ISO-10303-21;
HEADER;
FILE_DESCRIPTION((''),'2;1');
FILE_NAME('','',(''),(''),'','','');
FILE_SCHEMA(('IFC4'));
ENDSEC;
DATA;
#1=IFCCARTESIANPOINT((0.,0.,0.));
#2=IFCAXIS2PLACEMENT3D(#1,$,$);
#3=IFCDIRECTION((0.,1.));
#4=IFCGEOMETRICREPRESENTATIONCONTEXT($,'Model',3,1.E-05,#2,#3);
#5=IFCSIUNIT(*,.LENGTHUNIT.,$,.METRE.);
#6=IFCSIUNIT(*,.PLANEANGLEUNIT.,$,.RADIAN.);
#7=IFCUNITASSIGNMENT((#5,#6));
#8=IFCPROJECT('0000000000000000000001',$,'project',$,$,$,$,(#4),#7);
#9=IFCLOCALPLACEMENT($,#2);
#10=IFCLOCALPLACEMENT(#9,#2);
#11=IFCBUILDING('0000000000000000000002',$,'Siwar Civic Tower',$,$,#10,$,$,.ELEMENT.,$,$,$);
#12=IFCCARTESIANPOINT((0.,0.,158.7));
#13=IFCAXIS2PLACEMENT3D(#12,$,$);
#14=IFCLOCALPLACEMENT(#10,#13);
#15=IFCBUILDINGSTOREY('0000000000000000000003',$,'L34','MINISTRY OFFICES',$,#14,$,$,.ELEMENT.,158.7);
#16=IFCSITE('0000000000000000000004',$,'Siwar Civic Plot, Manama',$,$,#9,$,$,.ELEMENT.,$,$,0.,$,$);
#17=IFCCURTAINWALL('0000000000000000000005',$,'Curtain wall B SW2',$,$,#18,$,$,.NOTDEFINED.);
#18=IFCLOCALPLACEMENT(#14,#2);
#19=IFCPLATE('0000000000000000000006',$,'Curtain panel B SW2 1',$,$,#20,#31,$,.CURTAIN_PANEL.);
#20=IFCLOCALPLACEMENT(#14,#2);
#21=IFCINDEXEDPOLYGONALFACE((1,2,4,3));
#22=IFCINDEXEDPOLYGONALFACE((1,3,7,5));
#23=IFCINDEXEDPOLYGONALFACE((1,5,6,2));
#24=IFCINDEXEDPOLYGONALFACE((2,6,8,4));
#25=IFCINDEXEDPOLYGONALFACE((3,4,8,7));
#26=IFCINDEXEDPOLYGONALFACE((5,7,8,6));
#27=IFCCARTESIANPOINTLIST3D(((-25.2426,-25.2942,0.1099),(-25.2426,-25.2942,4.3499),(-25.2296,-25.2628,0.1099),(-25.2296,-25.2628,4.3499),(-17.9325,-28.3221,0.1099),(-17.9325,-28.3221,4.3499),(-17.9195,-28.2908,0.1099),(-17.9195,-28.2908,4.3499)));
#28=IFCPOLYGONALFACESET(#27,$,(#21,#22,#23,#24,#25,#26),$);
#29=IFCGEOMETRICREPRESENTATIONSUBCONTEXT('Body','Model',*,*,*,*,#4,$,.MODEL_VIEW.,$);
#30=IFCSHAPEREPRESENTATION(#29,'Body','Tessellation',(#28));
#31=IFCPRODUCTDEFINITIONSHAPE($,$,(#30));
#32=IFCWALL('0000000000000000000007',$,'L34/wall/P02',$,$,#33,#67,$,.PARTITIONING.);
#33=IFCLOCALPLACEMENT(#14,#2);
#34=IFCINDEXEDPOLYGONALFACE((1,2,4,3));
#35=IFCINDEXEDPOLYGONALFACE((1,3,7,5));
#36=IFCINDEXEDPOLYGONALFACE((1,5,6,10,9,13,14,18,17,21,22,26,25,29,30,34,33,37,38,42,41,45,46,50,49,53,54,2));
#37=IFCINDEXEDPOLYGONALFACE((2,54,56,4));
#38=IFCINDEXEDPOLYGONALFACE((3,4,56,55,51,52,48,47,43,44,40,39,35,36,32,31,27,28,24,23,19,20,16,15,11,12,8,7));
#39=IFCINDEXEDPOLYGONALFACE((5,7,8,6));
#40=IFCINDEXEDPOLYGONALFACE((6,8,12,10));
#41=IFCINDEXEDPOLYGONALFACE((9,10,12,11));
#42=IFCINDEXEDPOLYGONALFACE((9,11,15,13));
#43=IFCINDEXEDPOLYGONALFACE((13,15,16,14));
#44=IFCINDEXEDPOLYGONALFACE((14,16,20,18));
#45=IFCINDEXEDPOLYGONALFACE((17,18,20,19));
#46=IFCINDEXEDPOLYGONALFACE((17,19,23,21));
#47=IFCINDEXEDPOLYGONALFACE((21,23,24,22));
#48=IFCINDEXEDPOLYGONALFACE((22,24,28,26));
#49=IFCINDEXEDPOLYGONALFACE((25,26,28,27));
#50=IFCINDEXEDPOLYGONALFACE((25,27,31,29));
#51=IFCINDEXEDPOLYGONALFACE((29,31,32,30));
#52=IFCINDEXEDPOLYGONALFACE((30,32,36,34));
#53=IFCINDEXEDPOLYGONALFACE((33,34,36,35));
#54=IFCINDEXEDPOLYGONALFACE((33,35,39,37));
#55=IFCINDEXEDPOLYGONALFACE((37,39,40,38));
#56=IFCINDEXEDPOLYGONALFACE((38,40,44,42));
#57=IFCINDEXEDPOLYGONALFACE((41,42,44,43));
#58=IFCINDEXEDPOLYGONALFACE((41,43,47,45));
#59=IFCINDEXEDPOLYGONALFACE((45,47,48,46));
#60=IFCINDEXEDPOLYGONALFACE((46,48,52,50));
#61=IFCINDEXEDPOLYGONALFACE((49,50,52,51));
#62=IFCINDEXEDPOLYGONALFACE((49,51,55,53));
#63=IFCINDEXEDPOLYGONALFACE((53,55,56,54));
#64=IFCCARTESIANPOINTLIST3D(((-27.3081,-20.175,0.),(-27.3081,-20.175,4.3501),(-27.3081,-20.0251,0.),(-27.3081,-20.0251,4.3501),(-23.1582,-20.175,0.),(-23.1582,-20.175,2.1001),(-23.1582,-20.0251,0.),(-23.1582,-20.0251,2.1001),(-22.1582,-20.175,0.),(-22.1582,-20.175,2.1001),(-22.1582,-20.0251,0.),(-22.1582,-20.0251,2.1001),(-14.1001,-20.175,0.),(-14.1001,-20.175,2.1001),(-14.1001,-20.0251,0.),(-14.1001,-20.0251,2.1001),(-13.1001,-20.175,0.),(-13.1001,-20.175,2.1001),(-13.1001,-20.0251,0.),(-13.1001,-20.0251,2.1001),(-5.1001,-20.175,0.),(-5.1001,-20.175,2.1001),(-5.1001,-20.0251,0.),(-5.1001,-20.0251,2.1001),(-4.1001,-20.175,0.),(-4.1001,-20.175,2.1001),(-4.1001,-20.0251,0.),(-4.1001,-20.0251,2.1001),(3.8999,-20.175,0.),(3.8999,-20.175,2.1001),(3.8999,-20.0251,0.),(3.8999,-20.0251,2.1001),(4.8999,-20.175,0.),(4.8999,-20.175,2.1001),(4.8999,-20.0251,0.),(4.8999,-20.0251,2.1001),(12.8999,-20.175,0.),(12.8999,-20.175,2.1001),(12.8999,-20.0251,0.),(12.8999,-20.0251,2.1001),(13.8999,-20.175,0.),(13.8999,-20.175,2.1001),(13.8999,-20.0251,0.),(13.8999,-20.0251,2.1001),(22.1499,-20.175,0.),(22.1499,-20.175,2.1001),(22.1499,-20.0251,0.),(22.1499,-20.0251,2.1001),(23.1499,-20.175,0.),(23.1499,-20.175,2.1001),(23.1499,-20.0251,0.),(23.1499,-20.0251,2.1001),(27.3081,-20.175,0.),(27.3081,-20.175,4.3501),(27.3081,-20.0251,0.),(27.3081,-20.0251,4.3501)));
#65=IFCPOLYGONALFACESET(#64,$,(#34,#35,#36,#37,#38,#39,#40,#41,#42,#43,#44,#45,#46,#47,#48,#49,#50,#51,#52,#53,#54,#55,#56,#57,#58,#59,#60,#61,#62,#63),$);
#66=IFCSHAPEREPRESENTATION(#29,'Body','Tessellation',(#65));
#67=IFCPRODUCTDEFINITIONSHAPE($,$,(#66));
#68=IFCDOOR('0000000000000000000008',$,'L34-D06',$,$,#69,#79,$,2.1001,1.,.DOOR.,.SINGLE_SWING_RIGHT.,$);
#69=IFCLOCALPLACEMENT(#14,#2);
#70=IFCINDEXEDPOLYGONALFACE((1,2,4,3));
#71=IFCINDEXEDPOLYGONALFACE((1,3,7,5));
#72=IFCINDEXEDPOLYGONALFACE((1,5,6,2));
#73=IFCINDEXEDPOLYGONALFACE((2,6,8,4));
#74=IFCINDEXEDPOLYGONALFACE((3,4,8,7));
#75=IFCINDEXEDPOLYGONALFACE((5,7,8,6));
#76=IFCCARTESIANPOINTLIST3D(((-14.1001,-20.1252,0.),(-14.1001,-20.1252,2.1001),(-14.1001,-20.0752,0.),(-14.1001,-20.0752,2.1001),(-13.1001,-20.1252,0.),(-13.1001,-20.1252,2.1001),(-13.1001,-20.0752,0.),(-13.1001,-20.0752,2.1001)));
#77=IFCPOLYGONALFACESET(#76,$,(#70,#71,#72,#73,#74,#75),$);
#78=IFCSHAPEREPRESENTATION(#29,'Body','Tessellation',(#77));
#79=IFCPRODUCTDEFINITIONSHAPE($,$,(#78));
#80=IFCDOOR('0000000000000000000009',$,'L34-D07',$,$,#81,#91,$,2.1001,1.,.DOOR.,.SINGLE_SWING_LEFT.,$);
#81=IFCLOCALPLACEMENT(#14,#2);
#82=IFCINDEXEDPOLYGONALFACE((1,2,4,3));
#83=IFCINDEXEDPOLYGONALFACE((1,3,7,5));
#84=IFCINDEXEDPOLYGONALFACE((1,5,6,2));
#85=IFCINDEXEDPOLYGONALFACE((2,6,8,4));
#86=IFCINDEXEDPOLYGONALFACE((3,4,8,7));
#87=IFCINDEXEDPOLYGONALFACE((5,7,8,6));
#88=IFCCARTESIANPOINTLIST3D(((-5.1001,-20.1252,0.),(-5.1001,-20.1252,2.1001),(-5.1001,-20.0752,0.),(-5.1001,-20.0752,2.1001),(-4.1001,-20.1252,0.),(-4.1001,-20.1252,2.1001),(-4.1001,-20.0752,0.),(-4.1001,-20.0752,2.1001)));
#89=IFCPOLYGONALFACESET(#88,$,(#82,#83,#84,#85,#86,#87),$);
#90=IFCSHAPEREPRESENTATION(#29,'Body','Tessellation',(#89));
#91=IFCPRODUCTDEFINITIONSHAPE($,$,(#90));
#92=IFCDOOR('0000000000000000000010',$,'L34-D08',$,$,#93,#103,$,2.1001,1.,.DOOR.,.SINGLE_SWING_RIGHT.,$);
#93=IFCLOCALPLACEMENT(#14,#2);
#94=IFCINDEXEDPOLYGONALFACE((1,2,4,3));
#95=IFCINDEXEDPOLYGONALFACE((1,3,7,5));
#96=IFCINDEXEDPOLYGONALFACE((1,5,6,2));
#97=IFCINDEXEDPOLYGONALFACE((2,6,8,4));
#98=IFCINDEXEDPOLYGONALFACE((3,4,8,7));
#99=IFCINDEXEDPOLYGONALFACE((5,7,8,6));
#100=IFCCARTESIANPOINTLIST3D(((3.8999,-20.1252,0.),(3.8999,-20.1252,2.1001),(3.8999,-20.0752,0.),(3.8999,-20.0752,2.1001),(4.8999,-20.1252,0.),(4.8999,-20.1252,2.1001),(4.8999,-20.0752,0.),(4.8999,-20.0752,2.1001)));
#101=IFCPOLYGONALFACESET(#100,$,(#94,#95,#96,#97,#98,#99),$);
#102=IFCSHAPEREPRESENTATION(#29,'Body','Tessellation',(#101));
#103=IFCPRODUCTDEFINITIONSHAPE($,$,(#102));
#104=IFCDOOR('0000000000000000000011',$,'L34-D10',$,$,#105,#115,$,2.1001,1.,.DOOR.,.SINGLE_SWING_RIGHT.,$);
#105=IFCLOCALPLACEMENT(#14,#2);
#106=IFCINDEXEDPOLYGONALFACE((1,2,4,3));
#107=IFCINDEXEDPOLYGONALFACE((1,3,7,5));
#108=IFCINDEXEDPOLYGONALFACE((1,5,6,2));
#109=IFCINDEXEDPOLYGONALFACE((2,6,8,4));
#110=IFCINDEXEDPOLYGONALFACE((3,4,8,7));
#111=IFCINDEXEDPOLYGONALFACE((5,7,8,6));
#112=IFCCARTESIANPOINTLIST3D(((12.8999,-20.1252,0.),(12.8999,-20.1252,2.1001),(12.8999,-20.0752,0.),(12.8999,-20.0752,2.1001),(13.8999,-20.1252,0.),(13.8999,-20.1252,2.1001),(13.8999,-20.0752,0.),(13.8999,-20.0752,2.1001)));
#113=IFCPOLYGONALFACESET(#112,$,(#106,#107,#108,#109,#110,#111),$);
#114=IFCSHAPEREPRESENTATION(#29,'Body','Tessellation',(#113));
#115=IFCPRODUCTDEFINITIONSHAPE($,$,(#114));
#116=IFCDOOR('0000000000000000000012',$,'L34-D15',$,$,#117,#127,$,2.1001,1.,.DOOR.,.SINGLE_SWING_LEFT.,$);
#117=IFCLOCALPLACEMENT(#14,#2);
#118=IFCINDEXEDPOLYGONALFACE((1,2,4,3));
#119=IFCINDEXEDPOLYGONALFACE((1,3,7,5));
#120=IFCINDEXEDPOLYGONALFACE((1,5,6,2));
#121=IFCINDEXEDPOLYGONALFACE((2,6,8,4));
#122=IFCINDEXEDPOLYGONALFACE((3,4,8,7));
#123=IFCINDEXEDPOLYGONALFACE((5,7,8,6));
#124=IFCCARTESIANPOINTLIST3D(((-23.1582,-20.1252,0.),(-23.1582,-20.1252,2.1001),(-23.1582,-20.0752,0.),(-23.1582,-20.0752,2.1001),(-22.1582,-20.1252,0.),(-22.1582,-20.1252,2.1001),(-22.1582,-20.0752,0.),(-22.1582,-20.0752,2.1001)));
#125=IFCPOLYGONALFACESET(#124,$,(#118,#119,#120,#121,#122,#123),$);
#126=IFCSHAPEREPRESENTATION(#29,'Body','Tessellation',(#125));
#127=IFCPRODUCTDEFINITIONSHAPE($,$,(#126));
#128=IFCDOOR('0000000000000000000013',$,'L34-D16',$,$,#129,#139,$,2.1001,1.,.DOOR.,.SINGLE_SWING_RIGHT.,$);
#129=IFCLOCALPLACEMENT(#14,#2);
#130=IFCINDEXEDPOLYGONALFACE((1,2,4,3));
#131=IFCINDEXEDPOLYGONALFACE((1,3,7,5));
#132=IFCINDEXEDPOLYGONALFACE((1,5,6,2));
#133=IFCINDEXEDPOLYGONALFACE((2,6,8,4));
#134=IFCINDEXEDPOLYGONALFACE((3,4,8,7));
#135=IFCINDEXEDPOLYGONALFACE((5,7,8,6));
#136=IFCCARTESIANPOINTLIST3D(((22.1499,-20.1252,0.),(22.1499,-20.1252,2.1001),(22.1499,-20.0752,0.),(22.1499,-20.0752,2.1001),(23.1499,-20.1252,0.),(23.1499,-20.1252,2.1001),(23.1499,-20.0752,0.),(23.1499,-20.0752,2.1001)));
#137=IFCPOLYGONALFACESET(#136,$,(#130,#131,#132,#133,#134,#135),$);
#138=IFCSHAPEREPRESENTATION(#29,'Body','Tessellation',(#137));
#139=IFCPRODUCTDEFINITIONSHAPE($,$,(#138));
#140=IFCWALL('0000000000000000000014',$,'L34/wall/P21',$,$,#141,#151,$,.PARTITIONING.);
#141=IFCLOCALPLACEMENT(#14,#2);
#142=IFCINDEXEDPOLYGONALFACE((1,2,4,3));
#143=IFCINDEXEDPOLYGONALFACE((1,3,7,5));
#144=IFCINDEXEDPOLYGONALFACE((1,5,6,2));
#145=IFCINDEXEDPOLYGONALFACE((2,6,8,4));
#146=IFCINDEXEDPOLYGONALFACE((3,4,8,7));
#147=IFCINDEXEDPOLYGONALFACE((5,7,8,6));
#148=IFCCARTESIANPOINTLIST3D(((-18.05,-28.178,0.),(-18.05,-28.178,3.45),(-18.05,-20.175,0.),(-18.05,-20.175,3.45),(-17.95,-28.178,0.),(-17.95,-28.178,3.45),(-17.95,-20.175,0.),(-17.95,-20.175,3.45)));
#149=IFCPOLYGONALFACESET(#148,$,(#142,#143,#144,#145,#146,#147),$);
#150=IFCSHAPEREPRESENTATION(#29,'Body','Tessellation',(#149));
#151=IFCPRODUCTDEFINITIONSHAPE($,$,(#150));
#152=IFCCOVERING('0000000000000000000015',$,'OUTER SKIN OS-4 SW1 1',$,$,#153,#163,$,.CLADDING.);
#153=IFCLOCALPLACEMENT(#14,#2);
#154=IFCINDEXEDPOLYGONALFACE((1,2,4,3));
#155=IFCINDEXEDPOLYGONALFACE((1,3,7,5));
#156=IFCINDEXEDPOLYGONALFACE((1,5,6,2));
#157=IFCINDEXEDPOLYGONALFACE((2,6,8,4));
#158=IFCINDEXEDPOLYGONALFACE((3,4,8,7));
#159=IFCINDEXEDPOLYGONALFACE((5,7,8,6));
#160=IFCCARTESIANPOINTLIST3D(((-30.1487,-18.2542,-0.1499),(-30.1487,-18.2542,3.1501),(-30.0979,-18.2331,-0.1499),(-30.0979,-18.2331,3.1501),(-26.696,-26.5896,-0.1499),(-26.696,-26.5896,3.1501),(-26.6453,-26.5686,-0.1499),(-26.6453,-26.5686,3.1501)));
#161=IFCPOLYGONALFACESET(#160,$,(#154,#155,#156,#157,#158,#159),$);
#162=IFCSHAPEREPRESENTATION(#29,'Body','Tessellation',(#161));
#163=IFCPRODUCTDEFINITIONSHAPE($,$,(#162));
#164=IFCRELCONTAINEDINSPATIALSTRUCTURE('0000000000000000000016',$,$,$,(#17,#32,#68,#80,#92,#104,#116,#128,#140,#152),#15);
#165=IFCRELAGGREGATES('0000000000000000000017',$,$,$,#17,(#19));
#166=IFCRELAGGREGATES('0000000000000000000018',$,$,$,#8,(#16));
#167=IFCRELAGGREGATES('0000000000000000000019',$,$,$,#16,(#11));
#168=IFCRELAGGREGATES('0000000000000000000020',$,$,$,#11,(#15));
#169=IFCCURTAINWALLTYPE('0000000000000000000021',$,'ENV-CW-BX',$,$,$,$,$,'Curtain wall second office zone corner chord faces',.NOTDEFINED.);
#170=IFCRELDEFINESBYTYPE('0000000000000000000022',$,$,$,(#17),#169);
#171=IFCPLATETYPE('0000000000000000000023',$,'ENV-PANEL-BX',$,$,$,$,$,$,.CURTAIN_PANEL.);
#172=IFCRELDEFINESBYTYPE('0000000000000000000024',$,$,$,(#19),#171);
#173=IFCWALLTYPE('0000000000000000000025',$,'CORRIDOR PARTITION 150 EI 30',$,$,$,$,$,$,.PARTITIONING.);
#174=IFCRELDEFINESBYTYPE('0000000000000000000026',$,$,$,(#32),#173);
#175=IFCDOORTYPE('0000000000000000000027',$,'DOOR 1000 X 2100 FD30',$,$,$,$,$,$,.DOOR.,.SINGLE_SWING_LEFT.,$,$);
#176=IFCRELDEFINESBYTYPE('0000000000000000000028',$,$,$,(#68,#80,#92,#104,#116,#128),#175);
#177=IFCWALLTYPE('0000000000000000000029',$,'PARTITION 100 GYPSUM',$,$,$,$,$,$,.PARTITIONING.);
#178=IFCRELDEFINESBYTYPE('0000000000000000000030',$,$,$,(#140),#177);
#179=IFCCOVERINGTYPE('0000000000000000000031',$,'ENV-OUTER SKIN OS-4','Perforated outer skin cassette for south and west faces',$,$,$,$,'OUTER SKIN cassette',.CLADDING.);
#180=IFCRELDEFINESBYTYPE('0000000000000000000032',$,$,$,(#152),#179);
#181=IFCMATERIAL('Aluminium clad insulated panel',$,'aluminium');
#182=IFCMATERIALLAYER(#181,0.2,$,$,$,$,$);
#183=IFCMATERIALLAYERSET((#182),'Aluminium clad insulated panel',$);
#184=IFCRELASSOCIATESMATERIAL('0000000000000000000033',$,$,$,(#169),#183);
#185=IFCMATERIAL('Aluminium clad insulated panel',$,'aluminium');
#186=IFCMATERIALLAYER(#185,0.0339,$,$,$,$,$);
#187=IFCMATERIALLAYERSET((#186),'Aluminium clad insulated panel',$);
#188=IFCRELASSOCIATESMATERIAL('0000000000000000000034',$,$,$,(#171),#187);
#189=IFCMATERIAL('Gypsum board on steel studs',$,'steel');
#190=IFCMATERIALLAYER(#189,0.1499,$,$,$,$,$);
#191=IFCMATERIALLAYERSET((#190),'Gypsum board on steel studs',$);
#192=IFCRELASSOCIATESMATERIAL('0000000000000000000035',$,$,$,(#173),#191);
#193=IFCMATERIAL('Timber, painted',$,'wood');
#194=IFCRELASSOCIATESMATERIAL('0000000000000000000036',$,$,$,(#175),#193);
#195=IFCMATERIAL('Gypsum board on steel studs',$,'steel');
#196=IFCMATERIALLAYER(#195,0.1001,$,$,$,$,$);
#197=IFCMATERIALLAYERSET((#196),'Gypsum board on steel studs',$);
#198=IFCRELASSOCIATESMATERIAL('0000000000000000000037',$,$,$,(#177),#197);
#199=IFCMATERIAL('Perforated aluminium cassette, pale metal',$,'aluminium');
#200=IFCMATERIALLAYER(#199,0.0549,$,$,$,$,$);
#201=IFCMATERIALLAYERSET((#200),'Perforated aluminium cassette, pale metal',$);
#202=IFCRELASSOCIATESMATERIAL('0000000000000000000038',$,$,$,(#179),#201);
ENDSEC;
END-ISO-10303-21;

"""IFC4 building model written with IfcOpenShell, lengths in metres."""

from ifc_helpers import new_model, si_unit, direction, frame, frame_2d, origin, origin_2d, place, context, subcontext, project, spatial, rectangle, extrude, material, layer, layer_set, type_object, element, fill, aggregate, save


model = new_model("IFC4")

# Units and contexts
model_context = context("Model", 3, precision=1e-05, world=origin(), true_north=direction((0.0, 1.0)))
body_context = subcontext(model_context, "Body", "Model", "MODEL_VIEW")
ifc_project = project(units=[si_unit("LENGTHUNIT", "METRE"), si_unit("PLANEANGLEUNIT", "RADIAN")], contexts=[model_context])

# Site, building, storey
site_placement = place(None, origin())
site = spatial("IfcSite", under=ifc_project, at=site_placement, Name="Siwar Civic Plot, Manama", CompositionType="ELEMENT", RefElevation=0.0)
building_placement = place(site_placement, origin())
building = spatial("IfcBuilding", under=site, at=building_placement, Name="Siwar Civic Tower", CompositionType="ELEMENT")
storey_placement = place(building_placement, frame((0.0, 0.0, 158.7)))
storey = spatial("IfcBuildingStorey", under=building, at=storey_placement, Name="L34", Description="MINISTRY OFFICES", CompositionType="ELEMENT", Elevation=158.7)

# Curtain wall
ifc_material_1 = material(Name="Aluminium clad insulated panel", Category="aluminium")
ifc_layer_1 = layer(ifc_material_1, 0.2)
ifc_layer_set_1 = layer_set([ifc_layer_1], Name="Aluminium clad insulated panel")
curtain_wall_type = type_object("IfcCurtainWallType", Name="ENV-CW-BX", ElementType="Curtain wall second office zone corner chord faces", PredefinedType="NOTDEFINED", material=ifc_layer_set_1)
curtain_wall_1_placement = place(storey_placement, origin())
curtain_wall_1 = element("IfcCurtainWall", 1, at=curtain_wall_1_placement, inside=storey, type_object=curtain_wall_type, Name="Curtain wall B SW2", PredefinedType="NOTDEFINED")

# Shared definitions
ifc_material_2 = material(Name="Aluminium clad insulated panel", Category="aluminium")
ifc_layer_2 = layer(ifc_material_2, 0.0339)
ifc_layer_set_2 = layer_set([ifc_layer_2], Name="Aluminium clad insulated panel")
plate_type = type_object("IfcPlateType", Name="ENV-PANEL-BX", PredefinedType="CURTAIN_PANEL", material=ifc_layer_set_2)

# Plate
plate_1_placement = place(storey_placement, frame((-21.5811, -26.7925, 0.1099), z_axis=(0.0, 0.0, 1.0), x_axis=(0.92388, -0.382683, 0.0)))
plate_1 = element("IfcPlate", 2, at=plate_1_placement, type_object=plate_type, Name="Curtain panel B SW2 1", PredefinedType="CURTAIN_PANEL", context=body_context, shape_type="SweptSolid", body=[
    extrude(rectangle(XDim=7.9124, YDim=0.0339, at=origin_2d()), origin(), (0.0, 0.0, 1.0), 4.24),
])
aggregate(curtain_wall_1, [plate_1])

# Wall, openings, doors
ifc_material_3 = material(Name="Gypsum board on steel studs", Category="steel")
ifc_layer_3 = layer(ifc_material_3, 0.1499)
ifc_layer_set_3 = layer_set([ifc_layer_3], Name="Gypsum board on steel studs")
wall_type_1 = type_object("IfcWallType", Name="CORRIDOR PARTITION 150 EI 30", PredefinedType="PARTITIONING", material=ifc_layer_set_3)
wall_1_placement = place(storey_placement, frame((-27.3081, -20.1001, 0.0), z_axis=(0.0, 0.0, 1.0), x_axis=(1.0, 0.0, 0.0)))
wall_1 = element("IfcWall", 3, at=wall_1_placement, inside=storey, type_object=wall_type_1, Name="L34/wall/P02", PredefinedType="PARTITIONING", context=body_context, shape_type="SweptSolid", body=[
    extrude(rectangle(XDim=54.6162, YDim=0.1499, at=frame_2d((27.3081, 0.0))), origin(), (0.0, 0.0, 1.0), 4.3501),
])
opening_1_placement = place(wall_1_placement, frame((13.208, 0.0, 0.0)))
opening_1 = element("IfcOpeningElement", 4, at=opening_1_placement, cuts=wall_1, PredefinedType="OPENING", context=body_context, shape_type="SweptSolid", body=[
    extrude(rectangle(XDim=1.0, YDim=2.1001, at=frame_2d((0.5, 1.05))), frame((0.0, 0.085, 0.0), z_axis=(0.0, -1.0, 0.0), x_axis=(1.0, 0.0, 0.0)), (0.0, 0.0, 1.0), 0.1699),
])
opening_2_placement = place(wall_1_placement, frame((22.208, 0.0, 0.0)))
opening_2 = element("IfcOpeningElement", 5, at=opening_2_placement, cuts=wall_1, PredefinedType="OPENING", context=body_context, shape_type="SweptSolid", body=[
    extrude(rectangle(XDim=1.0, YDim=2.1001, at=frame_2d((0.5, 1.05))), frame((0.0, 0.085, 0.0), z_axis=(0.0, -1.0, 0.0), x_axis=(1.0, 0.0, 0.0)), (0.0, 0.0, 1.0), 0.1699),
])
opening_3_placement = place(wall_1_placement, frame((31.208, 0.0, 0.0)))
opening_3 = element("IfcOpeningElement", 6, at=opening_3_placement, cuts=wall_1, PredefinedType="OPENING", context=body_context, shape_type="SweptSolid", body=[
    extrude(rectangle(XDim=1.0, YDim=2.1001, at=frame_2d((0.5, 1.05))), frame((0.0, 0.085, 0.0), z_axis=(0.0, -1.0, 0.0), x_axis=(1.0, 0.0, 0.0)), (0.0, 0.0, 1.0), 0.1699),
])
opening_4_placement = place(wall_1_placement, frame((40.208, 0.0, 0.0)))
opening_4 = element("IfcOpeningElement", 7, at=opening_4_placement, cuts=wall_1, PredefinedType="OPENING", context=body_context, shape_type="SweptSolid", body=[
    extrude(rectangle(XDim=1.0, YDim=2.1001, at=frame_2d((0.5, 1.05))), frame((0.0, 0.085, 0.0), z_axis=(0.0, -1.0, 0.0), x_axis=(1.0, 0.0, 0.0)), (0.0, 0.0, 1.0), 0.1699),
])
opening_5_placement = place(wall_1_placement, frame((4.1499, 0.0, 0.0)))
opening_5 = element("IfcOpeningElement", 8, at=opening_5_placement, cuts=wall_1, PredefinedType="OPENING", context=body_context, shape_type="SweptSolid", body=[
    extrude(rectangle(XDim=1.0, YDim=2.1001, at=frame_2d((0.5, 1.05))), frame((0.0, 0.085, 0.0), z_axis=(0.0, -1.0, 0.0), x_axis=(1.0, 0.0, 0.0)), (0.0, 0.0, 1.0), 0.1699),
])
opening_6_placement = place(wall_1_placement, frame((49.458, 0.0, 0.0)))
opening_6 = element("IfcOpeningElement", 9, at=opening_6_placement, cuts=wall_1, PredefinedType="OPENING", context=body_context, shape_type="SweptSolid", body=[
    extrude(rectangle(XDim=1.0, YDim=2.1001, at=frame_2d((0.5, 1.05))), frame((0.0, 0.085, 0.0), z_axis=(0.0, -1.0, 0.0), x_axis=(1.0, 0.0, 0.0)), (0.0, 0.0, 1.0), 0.1699),
])
ifc_material_4 = material(Name="Timber, painted", Category="wood")
door_type = type_object("IfcDoorType", Name="DOOR 1000 X 2100 FD30", OperationType="SINGLE_SWING_LEFT", PredefinedType="DOOR", material=ifc_material_4)
door_1_placement = place(opening_1_placement, origin())
door_1 = element("IfcDoor", 10, at=door_1_placement, inside=storey, type_object=door_type, Name="L34-D06", OperationType="SINGLE_SWING_RIGHT", OverallHeight=2.1001, OverallWidth=1.0, PredefinedType="DOOR", context=body_context, shape_type="SweptSolid", body=[
    extrude(rectangle(XDim=1.0, YDim=2.1001, at=frame_2d((0.5, 1.05))), frame((0.0, 0.0249, 0.0), z_axis=(0.0, -1.0, 0.0), x_axis=(1.0, 0.0, 0.0)), (0.0, 0.0, 1.0), 0.05),
])
fill(opening_1, door_1)
door_2_placement = place(opening_2_placement, origin())
door_2 = element("IfcDoor", 11, at=door_2_placement, inside=storey, type_object=door_type, Name="L34-D07", OperationType="SINGLE_SWING_LEFT", OverallHeight=2.1001, OverallWidth=1.0, PredefinedType="DOOR", context=body_context, shape_type="SweptSolid", body=[
    extrude(rectangle(XDim=1.0, YDim=2.1001, at=frame_2d((0.5, 1.05))), frame((0.0, 0.0249, 0.0), z_axis=(0.0, -1.0, 0.0), x_axis=(1.0, 0.0, 0.0)), (0.0, 0.0, 1.0), 0.05),
])
fill(opening_2, door_2)
door_3_placement = place(opening_3_placement, origin())
door_3 = element("IfcDoor", 12, at=door_3_placement, inside=storey, type_object=door_type, Name="L34-D08", OperationType="SINGLE_SWING_RIGHT", OverallHeight=2.1001, OverallWidth=1.0, PredefinedType="DOOR", context=body_context, shape_type="SweptSolid", body=[
    extrude(rectangle(XDim=1.0, YDim=2.1001, at=frame_2d((0.5, 1.05))), frame((0.0, 0.0249, 0.0), z_axis=(0.0, -1.0, 0.0), x_axis=(1.0, 0.0, 0.0)), (0.0, 0.0, 1.0), 0.05),
])
fill(opening_3, door_3)
door_4_placement = place(opening_4_placement, origin())
door_4 = element("IfcDoor", 13, at=door_4_placement, inside=storey, type_object=door_type, Name="L34-D10", OperationType="SINGLE_SWING_RIGHT", OverallHeight=2.1001, OverallWidth=1.0, PredefinedType="DOOR", context=body_context, shape_type="SweptSolid", body=[
    extrude(rectangle(XDim=1.0, YDim=2.1001, at=frame_2d((0.5, 1.05))), frame((0.0, 0.0249, 0.0), z_axis=(0.0, -1.0, 0.0), x_axis=(1.0, 0.0, 0.0)), (0.0, 0.0, 1.0), 0.05),
])
fill(opening_4, door_4)
door_5_placement = place(opening_5_placement, origin())
door_5 = element("IfcDoor", 14, at=door_5_placement, inside=storey, type_object=door_type, Name="L34-D15", OperationType="SINGLE_SWING_LEFT", OverallHeight=2.1001, OverallWidth=1.0, PredefinedType="DOOR", context=body_context, shape_type="SweptSolid", body=[
    extrude(rectangle(XDim=1.0, YDim=2.1001, at=frame_2d((0.5, 1.05))), frame((0.0, 0.0249, 0.0), z_axis=(0.0, -1.0, 0.0), x_axis=(1.0, 0.0, 0.0)), (0.0, 0.0, 1.0), 0.05),
])
fill(opening_5, door_5)
door_6_placement = place(opening_6_placement, origin())
door_6 = element("IfcDoor", 15, at=door_6_placement, inside=storey, type_object=door_type, Name="L34-D16", OperationType="SINGLE_SWING_RIGHT", OverallHeight=2.1001, OverallWidth=1.0, PredefinedType="DOOR", context=body_context, shape_type="SweptSolid", body=[
    extrude(rectangle(XDim=1.0, YDim=2.1001, at=frame_2d((0.5, 1.05))), frame((0.0, 0.0249, 0.0), z_axis=(0.0, -1.0, 0.0), x_axis=(1.0, 0.0, 0.0)), (0.0, 0.0, 1.0), 0.05),
])
fill(opening_6, door_6)

# Wall
ifc_material_5 = material(Name="Gypsum board on steel studs", Category="steel")
ifc_layer_4 = layer(ifc_material_5, 0.1001)
ifc_layer_set_4 = layer_set([ifc_layer_4], Name="Gypsum board on steel studs")
wall_type_2 = type_object("IfcWallType", Name="PARTITION 100 GYPSUM", PredefinedType="PARTITIONING", material=ifc_layer_set_4)
wall_2_placement = place(storey_placement, frame((-18.0, -28.178, 0.0), z_axis=(0.0, 0.0, 1.0), x_axis=(0.0, 1.0, 0.0)))
element("IfcWall", 16, at=wall_2_placement, inside=storey, type_object=wall_type_2, Name="L34/wall/P21", PredefinedType="PARTITIONING", context=body_context, shape_type="SweptSolid", body=[
    extrude(rectangle(XDim=8.0029, YDim=0.1001, at=frame_2d((4.0015, 0.0))), origin(), (0.0, 0.0, 1.0), 3.45),
])

# Covering
ifc_material_6 = material(Name="Perforated aluminium cassette, pale metal", Category="aluminium")
ifc_layer_5 = layer(ifc_material_6, 0.0549)
ifc_layer_set_5 = layer_set([ifc_layer_5], Name="Perforated aluminium cassette, pale metal")
covering_type = type_object("IfcCoveringType", Name="ENV-OUTER SKIN OS-4", Description="Perforated outer skin cassette for south and west faces", ElementType="OUTER SKIN cassette", PredefinedType="CLADDING", material=ifc_layer_set_5)
for number, where, z_axis, x_axis, name in (
    (17, (-28.397, -22.4114, -0.1499), (0.0, 0.0, 1.0), (0.382683, -0.92388, 0.0), "OUTER SKIN OS-4 SW1 1"),
):
    element("IfcCovering", number, at=place(storey_placement, frame(where, z_axis=z_axis, x_axis=x_axis)), inside=storey, type_object=covering_type, Name=name, PredefinedType="CLADDING", context=body_context, shape_type="SweptSolid", body=[
        extrude(rectangle(XDim=9.0222, YDim=0.0549, at=origin_2d()), origin(), (0.0, 0.0, 1.0), 3.3),
    ])

save(model, "model.ifc")
